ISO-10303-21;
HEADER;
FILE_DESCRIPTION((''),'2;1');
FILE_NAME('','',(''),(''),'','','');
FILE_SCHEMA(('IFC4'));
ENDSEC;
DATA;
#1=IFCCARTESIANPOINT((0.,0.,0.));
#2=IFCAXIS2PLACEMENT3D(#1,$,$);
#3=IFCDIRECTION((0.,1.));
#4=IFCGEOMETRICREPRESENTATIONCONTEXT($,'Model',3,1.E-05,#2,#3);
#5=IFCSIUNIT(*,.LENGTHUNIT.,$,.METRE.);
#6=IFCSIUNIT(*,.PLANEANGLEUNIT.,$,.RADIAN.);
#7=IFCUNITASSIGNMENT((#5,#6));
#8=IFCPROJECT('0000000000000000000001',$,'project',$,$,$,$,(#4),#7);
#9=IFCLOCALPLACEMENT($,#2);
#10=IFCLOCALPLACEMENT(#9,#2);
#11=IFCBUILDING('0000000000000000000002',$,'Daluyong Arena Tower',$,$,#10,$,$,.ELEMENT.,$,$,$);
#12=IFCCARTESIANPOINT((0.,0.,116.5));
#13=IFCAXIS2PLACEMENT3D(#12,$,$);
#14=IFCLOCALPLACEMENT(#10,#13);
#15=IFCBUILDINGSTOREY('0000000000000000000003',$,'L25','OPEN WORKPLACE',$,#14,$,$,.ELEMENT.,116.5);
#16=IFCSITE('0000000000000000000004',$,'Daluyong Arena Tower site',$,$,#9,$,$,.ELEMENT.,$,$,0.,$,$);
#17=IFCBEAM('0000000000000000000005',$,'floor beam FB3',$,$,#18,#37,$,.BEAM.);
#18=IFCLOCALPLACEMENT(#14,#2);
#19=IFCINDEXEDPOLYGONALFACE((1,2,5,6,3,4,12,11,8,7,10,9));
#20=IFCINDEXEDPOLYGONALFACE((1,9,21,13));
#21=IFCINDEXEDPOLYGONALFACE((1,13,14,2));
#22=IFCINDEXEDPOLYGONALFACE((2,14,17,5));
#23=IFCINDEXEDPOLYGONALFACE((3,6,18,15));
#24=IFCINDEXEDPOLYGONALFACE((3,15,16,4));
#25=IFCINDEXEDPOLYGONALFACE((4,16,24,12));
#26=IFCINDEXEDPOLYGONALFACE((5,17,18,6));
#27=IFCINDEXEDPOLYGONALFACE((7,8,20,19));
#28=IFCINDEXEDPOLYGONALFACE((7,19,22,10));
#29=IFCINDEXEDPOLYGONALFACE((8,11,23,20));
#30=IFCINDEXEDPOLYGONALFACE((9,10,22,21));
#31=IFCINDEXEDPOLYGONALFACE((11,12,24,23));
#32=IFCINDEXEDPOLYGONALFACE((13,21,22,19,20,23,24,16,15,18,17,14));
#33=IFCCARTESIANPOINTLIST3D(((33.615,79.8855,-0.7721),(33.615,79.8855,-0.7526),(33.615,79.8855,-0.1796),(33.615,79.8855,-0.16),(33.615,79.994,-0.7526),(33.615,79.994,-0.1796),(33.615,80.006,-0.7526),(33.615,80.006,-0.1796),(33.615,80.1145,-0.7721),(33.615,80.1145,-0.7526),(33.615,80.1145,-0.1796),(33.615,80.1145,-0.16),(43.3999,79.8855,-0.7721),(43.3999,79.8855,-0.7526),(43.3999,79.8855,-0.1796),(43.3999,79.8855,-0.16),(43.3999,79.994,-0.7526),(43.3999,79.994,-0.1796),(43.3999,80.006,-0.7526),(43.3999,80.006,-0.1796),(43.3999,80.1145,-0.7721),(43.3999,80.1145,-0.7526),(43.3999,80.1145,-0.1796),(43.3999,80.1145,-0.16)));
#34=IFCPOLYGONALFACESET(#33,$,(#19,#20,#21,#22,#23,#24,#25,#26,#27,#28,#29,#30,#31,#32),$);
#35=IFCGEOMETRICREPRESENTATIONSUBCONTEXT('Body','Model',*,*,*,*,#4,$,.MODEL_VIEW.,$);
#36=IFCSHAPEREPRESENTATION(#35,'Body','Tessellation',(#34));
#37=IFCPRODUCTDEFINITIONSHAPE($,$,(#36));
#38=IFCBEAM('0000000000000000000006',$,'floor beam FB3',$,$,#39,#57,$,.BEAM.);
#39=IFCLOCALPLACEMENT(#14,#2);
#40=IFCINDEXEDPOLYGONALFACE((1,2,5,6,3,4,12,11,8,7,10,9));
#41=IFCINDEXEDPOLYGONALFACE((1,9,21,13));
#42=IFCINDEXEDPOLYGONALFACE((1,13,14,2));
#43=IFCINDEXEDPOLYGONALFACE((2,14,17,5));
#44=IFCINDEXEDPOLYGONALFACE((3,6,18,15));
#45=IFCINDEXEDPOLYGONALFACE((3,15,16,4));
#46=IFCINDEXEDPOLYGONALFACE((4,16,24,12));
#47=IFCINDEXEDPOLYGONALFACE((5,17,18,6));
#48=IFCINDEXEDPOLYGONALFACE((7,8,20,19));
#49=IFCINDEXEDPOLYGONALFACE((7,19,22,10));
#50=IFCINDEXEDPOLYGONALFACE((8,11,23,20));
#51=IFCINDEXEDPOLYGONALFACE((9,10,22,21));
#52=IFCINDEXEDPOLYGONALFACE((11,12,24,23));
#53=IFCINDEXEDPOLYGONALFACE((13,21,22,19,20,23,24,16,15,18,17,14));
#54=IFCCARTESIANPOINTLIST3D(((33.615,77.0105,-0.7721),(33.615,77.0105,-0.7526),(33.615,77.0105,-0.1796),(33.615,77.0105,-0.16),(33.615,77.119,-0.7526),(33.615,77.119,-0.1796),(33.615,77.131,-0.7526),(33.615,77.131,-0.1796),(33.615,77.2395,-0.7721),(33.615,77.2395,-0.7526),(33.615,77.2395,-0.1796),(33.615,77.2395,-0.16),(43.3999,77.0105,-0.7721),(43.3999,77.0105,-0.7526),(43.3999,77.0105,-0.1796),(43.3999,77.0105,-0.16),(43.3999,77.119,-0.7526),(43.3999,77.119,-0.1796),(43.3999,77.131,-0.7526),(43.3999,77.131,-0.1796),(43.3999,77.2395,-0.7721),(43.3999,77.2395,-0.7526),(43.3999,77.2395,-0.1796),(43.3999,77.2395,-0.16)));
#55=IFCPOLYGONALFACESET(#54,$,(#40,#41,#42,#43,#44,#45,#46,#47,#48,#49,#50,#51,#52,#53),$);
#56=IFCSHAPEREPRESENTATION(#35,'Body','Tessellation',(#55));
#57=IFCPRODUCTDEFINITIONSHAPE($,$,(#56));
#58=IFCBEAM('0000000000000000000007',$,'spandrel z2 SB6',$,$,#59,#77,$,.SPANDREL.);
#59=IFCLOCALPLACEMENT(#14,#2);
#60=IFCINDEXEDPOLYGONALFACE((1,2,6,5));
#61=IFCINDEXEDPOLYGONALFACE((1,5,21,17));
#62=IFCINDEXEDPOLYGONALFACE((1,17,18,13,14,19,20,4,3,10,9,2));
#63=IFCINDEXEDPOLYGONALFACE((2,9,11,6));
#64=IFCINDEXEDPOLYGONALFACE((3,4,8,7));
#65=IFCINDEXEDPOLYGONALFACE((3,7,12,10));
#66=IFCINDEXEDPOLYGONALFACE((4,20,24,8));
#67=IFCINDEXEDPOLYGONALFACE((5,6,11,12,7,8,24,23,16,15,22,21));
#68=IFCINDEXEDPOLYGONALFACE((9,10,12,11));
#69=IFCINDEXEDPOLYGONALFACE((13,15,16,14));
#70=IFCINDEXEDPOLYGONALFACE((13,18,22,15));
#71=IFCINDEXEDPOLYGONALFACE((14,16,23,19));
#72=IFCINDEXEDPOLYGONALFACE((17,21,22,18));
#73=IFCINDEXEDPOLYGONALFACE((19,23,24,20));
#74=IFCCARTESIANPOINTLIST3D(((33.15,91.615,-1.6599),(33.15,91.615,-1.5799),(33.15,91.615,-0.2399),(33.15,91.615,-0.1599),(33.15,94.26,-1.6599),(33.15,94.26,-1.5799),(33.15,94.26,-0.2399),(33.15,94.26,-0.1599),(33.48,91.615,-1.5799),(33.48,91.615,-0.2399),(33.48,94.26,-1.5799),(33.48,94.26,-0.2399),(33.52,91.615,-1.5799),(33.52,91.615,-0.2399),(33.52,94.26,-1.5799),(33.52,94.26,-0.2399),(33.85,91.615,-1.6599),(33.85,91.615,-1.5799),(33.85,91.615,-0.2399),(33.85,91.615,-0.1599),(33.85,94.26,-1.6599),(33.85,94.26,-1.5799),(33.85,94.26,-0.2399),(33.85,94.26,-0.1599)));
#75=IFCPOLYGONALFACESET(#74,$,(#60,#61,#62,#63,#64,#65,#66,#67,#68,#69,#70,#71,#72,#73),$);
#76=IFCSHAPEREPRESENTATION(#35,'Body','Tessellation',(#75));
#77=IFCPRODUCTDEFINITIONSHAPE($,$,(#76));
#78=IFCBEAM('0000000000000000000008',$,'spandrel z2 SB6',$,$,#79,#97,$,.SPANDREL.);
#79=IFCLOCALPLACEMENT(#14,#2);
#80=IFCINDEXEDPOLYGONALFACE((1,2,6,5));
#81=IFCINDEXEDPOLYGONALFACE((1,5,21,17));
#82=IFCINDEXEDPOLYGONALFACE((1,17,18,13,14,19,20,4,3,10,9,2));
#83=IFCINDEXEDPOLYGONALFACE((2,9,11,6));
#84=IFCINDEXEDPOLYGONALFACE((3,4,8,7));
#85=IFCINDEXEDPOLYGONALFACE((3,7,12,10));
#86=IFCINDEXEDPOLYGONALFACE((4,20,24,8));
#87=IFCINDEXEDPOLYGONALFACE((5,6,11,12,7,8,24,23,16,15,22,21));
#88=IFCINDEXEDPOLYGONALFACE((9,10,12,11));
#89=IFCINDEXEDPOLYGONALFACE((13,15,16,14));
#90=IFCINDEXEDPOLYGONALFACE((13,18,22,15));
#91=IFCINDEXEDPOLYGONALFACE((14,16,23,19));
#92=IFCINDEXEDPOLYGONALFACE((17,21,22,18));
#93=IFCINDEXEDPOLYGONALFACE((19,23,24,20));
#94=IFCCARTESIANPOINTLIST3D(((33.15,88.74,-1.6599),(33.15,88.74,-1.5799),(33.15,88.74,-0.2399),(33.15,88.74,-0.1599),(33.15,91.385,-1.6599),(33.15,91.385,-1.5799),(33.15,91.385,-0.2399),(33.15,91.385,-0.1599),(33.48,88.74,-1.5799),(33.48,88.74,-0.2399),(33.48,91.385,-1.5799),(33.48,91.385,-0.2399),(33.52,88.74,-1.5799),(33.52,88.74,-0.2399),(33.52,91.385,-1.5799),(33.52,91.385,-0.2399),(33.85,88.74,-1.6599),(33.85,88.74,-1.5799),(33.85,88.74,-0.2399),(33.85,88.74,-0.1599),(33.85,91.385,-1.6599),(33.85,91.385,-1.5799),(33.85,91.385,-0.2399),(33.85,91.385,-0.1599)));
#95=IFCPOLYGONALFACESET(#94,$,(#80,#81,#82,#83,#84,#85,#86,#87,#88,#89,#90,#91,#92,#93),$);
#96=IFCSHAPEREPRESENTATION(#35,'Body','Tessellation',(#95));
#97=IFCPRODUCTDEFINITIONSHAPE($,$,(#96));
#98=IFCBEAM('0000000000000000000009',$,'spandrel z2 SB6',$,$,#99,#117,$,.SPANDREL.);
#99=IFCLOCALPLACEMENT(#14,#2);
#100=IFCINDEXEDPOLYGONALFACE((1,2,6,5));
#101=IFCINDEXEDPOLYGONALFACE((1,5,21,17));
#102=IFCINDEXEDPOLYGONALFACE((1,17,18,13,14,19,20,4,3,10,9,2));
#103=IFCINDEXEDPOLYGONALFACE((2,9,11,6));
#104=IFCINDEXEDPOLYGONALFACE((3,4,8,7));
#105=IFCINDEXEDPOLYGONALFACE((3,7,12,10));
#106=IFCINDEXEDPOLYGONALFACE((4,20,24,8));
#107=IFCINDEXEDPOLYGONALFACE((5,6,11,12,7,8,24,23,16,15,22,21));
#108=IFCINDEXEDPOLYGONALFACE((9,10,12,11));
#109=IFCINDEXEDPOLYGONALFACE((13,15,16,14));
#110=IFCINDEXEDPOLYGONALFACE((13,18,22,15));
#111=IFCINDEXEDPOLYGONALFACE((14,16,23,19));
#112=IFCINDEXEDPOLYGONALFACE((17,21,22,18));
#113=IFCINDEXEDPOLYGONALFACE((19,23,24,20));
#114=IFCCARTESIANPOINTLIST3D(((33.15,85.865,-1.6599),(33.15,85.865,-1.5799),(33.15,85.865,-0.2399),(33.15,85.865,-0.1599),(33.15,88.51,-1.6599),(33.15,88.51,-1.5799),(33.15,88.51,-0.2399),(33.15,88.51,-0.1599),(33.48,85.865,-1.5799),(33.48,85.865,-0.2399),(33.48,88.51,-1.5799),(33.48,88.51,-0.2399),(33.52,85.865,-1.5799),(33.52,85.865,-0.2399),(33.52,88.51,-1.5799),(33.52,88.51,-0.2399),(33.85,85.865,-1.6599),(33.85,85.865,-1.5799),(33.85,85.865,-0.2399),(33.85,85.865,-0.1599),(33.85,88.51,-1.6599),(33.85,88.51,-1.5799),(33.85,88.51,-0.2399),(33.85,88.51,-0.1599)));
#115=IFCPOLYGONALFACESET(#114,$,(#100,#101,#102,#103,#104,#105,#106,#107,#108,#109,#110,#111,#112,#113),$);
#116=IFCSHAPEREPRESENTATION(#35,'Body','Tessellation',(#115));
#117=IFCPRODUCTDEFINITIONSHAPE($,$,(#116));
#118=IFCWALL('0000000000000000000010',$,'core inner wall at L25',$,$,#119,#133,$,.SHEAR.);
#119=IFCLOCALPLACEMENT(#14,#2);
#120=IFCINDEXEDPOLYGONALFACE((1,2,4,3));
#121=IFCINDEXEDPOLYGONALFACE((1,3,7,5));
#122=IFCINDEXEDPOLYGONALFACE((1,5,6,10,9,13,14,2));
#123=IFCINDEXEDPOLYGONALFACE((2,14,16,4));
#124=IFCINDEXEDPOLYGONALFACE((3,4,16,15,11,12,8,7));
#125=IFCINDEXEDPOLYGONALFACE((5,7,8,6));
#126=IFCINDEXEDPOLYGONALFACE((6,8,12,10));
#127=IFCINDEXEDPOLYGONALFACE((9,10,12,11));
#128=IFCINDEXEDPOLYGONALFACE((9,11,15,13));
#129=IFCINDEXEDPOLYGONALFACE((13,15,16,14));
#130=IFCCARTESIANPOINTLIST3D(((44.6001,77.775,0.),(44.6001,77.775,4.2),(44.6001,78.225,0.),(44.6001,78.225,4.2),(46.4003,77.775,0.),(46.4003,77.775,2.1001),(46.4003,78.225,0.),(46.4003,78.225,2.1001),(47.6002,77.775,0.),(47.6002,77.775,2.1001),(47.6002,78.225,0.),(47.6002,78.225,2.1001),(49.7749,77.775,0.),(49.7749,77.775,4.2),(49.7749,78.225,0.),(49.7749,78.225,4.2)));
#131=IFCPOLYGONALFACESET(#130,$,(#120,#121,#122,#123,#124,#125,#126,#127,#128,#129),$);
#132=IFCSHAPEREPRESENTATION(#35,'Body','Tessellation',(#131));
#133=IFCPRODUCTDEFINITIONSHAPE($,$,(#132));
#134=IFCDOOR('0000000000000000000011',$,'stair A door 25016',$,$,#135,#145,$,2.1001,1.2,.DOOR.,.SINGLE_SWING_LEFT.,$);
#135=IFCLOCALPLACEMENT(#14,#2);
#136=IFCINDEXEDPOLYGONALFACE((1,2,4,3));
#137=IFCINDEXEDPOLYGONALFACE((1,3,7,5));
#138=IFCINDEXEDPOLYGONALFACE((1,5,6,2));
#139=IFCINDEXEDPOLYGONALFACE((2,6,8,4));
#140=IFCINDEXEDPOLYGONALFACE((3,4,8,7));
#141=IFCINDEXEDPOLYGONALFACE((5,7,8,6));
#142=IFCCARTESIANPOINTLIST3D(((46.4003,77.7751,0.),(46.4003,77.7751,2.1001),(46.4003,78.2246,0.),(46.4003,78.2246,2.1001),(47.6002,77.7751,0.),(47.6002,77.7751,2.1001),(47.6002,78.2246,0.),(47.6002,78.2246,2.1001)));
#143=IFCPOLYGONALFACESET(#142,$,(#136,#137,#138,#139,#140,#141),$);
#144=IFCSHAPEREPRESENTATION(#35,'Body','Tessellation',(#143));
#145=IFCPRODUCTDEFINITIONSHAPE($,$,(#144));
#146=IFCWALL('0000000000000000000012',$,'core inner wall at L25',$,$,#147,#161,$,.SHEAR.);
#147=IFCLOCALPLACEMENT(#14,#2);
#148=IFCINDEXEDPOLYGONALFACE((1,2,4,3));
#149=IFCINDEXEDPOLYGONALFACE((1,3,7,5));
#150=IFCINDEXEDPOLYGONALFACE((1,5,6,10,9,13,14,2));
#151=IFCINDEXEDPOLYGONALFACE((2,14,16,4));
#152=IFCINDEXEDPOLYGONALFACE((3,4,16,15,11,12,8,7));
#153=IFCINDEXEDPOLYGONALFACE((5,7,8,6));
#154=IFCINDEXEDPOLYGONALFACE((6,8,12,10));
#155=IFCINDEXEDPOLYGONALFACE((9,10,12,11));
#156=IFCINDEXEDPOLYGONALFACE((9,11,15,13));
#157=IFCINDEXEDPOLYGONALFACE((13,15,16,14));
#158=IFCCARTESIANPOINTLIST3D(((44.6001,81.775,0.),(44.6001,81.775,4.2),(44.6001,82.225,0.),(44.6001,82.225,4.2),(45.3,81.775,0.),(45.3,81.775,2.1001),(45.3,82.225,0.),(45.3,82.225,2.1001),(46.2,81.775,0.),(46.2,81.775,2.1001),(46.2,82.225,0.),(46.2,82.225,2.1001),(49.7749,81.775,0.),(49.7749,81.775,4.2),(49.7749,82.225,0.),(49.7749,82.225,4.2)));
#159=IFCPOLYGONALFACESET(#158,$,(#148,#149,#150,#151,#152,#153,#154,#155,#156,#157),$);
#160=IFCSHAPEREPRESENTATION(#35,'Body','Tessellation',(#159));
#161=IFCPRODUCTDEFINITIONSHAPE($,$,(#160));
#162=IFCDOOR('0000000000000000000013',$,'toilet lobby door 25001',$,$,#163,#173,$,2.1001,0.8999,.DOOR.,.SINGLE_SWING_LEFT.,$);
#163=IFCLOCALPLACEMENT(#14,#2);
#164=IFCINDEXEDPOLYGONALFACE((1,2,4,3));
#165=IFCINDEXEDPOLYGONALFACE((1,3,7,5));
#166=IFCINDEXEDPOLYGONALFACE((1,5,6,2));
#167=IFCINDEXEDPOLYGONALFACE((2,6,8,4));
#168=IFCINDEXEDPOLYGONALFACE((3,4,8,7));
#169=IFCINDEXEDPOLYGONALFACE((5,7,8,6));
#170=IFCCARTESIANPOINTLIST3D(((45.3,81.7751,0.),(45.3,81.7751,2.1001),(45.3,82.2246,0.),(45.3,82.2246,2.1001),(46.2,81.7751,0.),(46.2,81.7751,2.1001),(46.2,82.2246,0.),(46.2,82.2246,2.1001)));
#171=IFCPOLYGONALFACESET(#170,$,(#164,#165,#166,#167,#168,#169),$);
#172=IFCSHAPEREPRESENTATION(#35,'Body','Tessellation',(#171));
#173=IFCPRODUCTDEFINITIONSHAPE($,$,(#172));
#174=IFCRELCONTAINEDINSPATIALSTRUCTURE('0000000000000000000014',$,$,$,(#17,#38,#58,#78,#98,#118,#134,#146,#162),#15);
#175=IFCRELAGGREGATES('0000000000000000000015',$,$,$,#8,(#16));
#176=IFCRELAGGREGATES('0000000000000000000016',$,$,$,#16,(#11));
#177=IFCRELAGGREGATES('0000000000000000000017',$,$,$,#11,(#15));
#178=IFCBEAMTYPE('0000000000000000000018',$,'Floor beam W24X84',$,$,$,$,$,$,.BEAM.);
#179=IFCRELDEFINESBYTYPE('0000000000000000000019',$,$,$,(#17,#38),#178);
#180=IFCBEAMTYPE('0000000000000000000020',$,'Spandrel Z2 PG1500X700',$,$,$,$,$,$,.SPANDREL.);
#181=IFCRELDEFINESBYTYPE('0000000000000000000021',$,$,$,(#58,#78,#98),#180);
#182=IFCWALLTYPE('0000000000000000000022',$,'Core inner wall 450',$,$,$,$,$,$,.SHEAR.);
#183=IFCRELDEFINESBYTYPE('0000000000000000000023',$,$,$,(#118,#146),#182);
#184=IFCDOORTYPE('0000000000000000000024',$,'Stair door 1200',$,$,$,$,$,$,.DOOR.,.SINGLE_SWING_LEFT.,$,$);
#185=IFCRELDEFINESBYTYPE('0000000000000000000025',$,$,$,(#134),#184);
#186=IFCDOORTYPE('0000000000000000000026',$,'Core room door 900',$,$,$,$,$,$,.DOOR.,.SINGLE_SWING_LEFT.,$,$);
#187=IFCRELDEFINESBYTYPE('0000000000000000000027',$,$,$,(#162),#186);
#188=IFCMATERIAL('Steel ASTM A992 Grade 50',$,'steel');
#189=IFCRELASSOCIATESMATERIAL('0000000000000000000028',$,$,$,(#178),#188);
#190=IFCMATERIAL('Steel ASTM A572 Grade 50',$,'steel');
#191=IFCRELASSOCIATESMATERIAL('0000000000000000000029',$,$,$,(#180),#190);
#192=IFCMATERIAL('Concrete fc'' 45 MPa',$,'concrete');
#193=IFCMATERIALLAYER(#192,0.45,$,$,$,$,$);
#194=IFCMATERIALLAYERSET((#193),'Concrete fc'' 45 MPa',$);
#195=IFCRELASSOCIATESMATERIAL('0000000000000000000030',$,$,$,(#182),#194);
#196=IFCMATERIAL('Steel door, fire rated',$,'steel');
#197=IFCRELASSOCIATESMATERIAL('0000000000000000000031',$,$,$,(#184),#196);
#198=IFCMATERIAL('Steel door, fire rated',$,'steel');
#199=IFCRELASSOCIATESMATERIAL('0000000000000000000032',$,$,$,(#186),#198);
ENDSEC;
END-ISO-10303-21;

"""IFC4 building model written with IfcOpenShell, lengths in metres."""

from ifc_helpers import new_model, si_unit, direction, frame, frame_2d, origin, origin_2d, place, context, subcontext, project, spatial, rectangle, i_section, extrude, material, layer, layer_set, material_profile, profile_set, type_object, element, fill, save


model = new_model("IFC4")

# Units and contexts
model_context = context("Model", 3, precision=1e-05, world=origin(), true_north=direction((0.0, 1.0)))
body_context = subcontext(model_context, "Body", "Model", "MODEL_VIEW")
ifc_project = project(units=[si_unit("LENGTHUNIT", "METRE"), si_unit("PLANEANGLEUNIT", "RADIAN")], contexts=[model_context])

# Site, building, storey
site_placement = place(None, origin())
site = spatial("IfcSite", under=ifc_project, at=site_placement, Name="Daluyong Arena Tower site", CompositionType="ELEMENT", RefElevation=0.0)
building_placement = place(site_placement, origin())
building = spatial("IfcBuilding", under=site, at=building_placement, Name="Daluyong Arena Tower", CompositionType="ELEMENT")
storey_placement = place(building_placement, frame((0.0, 0.0, 116.5)))
storey = spatial("IfcBuildingStorey", under=building, at=storey_placement, Name="L25", Description="OPEN WORKPLACE", CompositionType="ELEMENT", Elevation=116.5)

# Beams
ifc_material_1 = material(Name="Steel ASTM A992 Grade 50", Category="steel")
ifc_material_profile_1 = material_profile(ifc_material_1, i_section(OverallWidth=0.229, OverallDepth=0.6121, WebThickness=0.012, FlangeThickness=0.0195, at=origin_2d()))
ifc_profile_set_1 = profile_set([ifc_material_profile_1], Name="Steel ASTM A992 Grade 50")
beam_type_1 = type_object("IfcBeamType", Name="Floor beam W24X84", PredefinedType="BEAM", material=ifc_profile_set_1)
for number, where, z_axis, x_axis, name in (
    (1, (33.615, 80.0, -0.4661), (1.0, 0.0, 0.0), (0.0, 1.0, 0.0), "floor beam FB3"),
    (2, (33.615, 77.125, -0.4661), (1.0, 0.0, 0.0), (0.0, 1.0, 0.0), "floor beam FB3"),
):
    element("IfcBeam", number, at=place(storey_placement, frame(where, z_axis=z_axis, x_axis=x_axis)), inside=storey, type_object=beam_type_1, Name=name, PredefinedType="BEAM", context=body_context, shape_type="SweptSolid", body=[
        extrude(i_section(OverallWidth=0.229, OverallDepth=0.6121, WebThickness=0.012, FlangeThickness=0.0195, at=origin_2d()), origin(), (0.0, 0.0, 1.0), 9.7849),
    ])
ifc_material_2 = material(Name="Steel ASTM A572 Grade 50", Category="steel")
ifc_material_profile_2 = material_profile(ifc_material_2, i_section(OverallWidth=0.7, OverallDepth=1.5, WebThickness=0.04, FlangeThickness=0.08, at=origin_2d()))
ifc_profile_set_2 = profile_set([ifc_material_profile_2], Name="Steel ASTM A572 Grade 50")
beam_type_2 = type_object("IfcBeamType", Name="Spandrel Z2 PG1500X700", PredefinedType="SPANDREL", material=ifc_profile_set_2)
for number, where, z_axis, x_axis, name in (
    (3, (33.5, 94.26, -0.9099), (0.0, -1.0, 0.0), (1.0, 0.0, 0.0), "spandrel z2 SB6"),
    (4, (33.5, 91.385, -0.9099), (0.0, -1.0, 0.0), (1.0, 0.0, 0.0), "spandrel z2 SB6"),
    (5, (33.5, 88.51, -0.9099), (0.0, -1.0, 0.0), (1.0, 0.0, 0.0), "spandrel z2 SB6"),
):
    element("IfcBeam", number, at=place(storey_placement, frame(where, z_axis=z_axis, x_axis=x_axis)), inside=storey, type_object=beam_type_2, Name=name, PredefinedType="SPANDREL", context=body_context, shape_type="SweptSolid", body=[
        extrude(i_section(OverallWidth=0.7, OverallDepth=1.5, WebThickness=0.04, FlangeThickness=0.08, at=origin_2d()), origin(), (0.0, 0.0, 1.0), 2.645),
    ])

# Walls, openings, doors
ifc_material_3 = material(Name="Concrete fc' 45 MPa", Category="concrete")
ifc_layer = layer(ifc_material_3, 0.45)
ifc_layer_set = layer_set([ifc_layer], Name="Concrete fc' 45 MPa")
wall_type = type_object("IfcWallType", Name="Core inner wall 450", PredefinedType="SHEAR", material=ifc_layer_set)
wall_1_placement = place(storey_placement, frame((44.6001, 78.0, 0.0), z_axis=(0.0, 0.0, 1.0), x_axis=(1.0, 0.0, 0.0)))
wall_1 = element("IfcWall", 6, at=wall_1_placement, inside=storey, type_object=wall_type, Name="core inner wall at L25", PredefinedType="SHEAR", context=body_context, shape_type="SweptSolid", body=[
    extrude(rectangle(XDim=5.1748, YDim=0.45, at=frame_2d((2.5874, 0.0))), origin(), (0.0, 0.0, 1.0), 4.2),
])
opening_1_placement = place(wall_1_placement, frame((1.8, 0.0, 0.0)))
opening_1 = element("IfcOpeningElement", 7, at=opening_1_placement, cuts=wall_1, PredefinedType="OPENING", context=body_context, shape_type="SweptSolid", body=[
    extrude(rectangle(XDim=1.2, YDim=2.1001, at=frame_2d((0.6001, 1.05))), frame((0.0, 0.2349, 0.0), z_axis=(0.0, -1.0, 0.0), x_axis=(1.0, 0.0, 0.0)), (0.0, 0.0, 1.0), 0.47),
])
ifc_material_4 = material(Name="Steel door, fire rated", Category="steel")
door_type_1 = type_object("IfcDoorType", Name="Stair door 1200", OperationType="SINGLE_SWING_LEFT", PredefinedType="DOOR", material=ifc_material_4)
door_1_placement = place(opening_1_placement, origin())
door_1 = element("IfcDoor", 8, at=door_1_placement, inside=storey, type_object=door_type_1, Name="stair A door 25016", OperationType="SINGLE_SWING_LEFT", OverallHeight=2.1001, OverallWidth=1.2, PredefinedType="DOOR", context=body_context, shape_type="SweptSolid", body=[
    extrude(rectangle(XDim=1.2, YDim=2.1001, at=frame_2d((0.6001, 1.05))), frame((0.0, 0.2246, 0.0), z_axis=(0.0, -1.0, 0.0), x_axis=(1.0, 0.0, 0.0)), (0.0, 0.0, 1.0), 0.4495),
])
fill(opening_1, door_1)
wall_2_placement = place(storey_placement, frame((44.6001, 82.0, 0.0), z_axis=(0.0, 0.0, 1.0), x_axis=(1.0, 0.0, 0.0)))
wall_2 = element("IfcWall", 9, at=wall_2_placement, inside=storey, type_object=wall_type, Name="core inner wall at L25", PredefinedType="SHEAR", context=body_context, shape_type="SweptSolid", body=[
    extrude(rectangle(XDim=5.1748, YDim=0.45, at=frame_2d((2.5874, 0.0))), origin(), (0.0, 0.0, 1.0), 4.2),
])
opening_2_placement = place(wall_2_placement, frame((0.7, 0.0, 0.0)))
opening_2 = element("IfcOpeningElement", 10, at=opening_2_placement, cuts=wall_2, PredefinedType="OPENING", context=body_context, shape_type="SweptSolid", body=[
    extrude(rectangle(XDim=0.8999, YDim=2.1001, at=frame_2d((0.45, 1.05))), frame((0.0, 0.2349, 0.0), z_axis=(0.0, -1.0, 0.0), x_axis=(1.0, 0.0, 0.0)), (0.0, 0.0, 1.0), 0.47),
])
ifc_material_5 = material(Name="Steel door, fire rated", Category="steel")
door_type_2 = type_object("IfcDoorType", Name="Core room door 900", OperationType="SINGLE_SWING_LEFT", PredefinedType="DOOR", material=ifc_material_5)
door_2_placement = place(opening_2_placement, origin())
door_2 = element("IfcDoor", 11, at=door_2_placement, inside=storey, type_object=door_type_2, Name="toilet lobby door 25001", OperationType="SINGLE_SWING_LEFT", OverallHeight=2.1001, OverallWidth=0.8999, PredefinedType="DOOR", context=body_context, shape_type="SweptSolid", body=[
    extrude(rectangle(XDim=0.8999, YDim=2.1001, at=frame_2d((0.45, 1.05))), frame((0.0, 0.2246, 0.0), z_axis=(0.0, -1.0, 0.0), x_axis=(1.0, 0.0, 0.0)), (0.0, 0.0, 1.0), 0.4495),
])
fill(opening_2, door_2)

save(model, "model.ifc")
